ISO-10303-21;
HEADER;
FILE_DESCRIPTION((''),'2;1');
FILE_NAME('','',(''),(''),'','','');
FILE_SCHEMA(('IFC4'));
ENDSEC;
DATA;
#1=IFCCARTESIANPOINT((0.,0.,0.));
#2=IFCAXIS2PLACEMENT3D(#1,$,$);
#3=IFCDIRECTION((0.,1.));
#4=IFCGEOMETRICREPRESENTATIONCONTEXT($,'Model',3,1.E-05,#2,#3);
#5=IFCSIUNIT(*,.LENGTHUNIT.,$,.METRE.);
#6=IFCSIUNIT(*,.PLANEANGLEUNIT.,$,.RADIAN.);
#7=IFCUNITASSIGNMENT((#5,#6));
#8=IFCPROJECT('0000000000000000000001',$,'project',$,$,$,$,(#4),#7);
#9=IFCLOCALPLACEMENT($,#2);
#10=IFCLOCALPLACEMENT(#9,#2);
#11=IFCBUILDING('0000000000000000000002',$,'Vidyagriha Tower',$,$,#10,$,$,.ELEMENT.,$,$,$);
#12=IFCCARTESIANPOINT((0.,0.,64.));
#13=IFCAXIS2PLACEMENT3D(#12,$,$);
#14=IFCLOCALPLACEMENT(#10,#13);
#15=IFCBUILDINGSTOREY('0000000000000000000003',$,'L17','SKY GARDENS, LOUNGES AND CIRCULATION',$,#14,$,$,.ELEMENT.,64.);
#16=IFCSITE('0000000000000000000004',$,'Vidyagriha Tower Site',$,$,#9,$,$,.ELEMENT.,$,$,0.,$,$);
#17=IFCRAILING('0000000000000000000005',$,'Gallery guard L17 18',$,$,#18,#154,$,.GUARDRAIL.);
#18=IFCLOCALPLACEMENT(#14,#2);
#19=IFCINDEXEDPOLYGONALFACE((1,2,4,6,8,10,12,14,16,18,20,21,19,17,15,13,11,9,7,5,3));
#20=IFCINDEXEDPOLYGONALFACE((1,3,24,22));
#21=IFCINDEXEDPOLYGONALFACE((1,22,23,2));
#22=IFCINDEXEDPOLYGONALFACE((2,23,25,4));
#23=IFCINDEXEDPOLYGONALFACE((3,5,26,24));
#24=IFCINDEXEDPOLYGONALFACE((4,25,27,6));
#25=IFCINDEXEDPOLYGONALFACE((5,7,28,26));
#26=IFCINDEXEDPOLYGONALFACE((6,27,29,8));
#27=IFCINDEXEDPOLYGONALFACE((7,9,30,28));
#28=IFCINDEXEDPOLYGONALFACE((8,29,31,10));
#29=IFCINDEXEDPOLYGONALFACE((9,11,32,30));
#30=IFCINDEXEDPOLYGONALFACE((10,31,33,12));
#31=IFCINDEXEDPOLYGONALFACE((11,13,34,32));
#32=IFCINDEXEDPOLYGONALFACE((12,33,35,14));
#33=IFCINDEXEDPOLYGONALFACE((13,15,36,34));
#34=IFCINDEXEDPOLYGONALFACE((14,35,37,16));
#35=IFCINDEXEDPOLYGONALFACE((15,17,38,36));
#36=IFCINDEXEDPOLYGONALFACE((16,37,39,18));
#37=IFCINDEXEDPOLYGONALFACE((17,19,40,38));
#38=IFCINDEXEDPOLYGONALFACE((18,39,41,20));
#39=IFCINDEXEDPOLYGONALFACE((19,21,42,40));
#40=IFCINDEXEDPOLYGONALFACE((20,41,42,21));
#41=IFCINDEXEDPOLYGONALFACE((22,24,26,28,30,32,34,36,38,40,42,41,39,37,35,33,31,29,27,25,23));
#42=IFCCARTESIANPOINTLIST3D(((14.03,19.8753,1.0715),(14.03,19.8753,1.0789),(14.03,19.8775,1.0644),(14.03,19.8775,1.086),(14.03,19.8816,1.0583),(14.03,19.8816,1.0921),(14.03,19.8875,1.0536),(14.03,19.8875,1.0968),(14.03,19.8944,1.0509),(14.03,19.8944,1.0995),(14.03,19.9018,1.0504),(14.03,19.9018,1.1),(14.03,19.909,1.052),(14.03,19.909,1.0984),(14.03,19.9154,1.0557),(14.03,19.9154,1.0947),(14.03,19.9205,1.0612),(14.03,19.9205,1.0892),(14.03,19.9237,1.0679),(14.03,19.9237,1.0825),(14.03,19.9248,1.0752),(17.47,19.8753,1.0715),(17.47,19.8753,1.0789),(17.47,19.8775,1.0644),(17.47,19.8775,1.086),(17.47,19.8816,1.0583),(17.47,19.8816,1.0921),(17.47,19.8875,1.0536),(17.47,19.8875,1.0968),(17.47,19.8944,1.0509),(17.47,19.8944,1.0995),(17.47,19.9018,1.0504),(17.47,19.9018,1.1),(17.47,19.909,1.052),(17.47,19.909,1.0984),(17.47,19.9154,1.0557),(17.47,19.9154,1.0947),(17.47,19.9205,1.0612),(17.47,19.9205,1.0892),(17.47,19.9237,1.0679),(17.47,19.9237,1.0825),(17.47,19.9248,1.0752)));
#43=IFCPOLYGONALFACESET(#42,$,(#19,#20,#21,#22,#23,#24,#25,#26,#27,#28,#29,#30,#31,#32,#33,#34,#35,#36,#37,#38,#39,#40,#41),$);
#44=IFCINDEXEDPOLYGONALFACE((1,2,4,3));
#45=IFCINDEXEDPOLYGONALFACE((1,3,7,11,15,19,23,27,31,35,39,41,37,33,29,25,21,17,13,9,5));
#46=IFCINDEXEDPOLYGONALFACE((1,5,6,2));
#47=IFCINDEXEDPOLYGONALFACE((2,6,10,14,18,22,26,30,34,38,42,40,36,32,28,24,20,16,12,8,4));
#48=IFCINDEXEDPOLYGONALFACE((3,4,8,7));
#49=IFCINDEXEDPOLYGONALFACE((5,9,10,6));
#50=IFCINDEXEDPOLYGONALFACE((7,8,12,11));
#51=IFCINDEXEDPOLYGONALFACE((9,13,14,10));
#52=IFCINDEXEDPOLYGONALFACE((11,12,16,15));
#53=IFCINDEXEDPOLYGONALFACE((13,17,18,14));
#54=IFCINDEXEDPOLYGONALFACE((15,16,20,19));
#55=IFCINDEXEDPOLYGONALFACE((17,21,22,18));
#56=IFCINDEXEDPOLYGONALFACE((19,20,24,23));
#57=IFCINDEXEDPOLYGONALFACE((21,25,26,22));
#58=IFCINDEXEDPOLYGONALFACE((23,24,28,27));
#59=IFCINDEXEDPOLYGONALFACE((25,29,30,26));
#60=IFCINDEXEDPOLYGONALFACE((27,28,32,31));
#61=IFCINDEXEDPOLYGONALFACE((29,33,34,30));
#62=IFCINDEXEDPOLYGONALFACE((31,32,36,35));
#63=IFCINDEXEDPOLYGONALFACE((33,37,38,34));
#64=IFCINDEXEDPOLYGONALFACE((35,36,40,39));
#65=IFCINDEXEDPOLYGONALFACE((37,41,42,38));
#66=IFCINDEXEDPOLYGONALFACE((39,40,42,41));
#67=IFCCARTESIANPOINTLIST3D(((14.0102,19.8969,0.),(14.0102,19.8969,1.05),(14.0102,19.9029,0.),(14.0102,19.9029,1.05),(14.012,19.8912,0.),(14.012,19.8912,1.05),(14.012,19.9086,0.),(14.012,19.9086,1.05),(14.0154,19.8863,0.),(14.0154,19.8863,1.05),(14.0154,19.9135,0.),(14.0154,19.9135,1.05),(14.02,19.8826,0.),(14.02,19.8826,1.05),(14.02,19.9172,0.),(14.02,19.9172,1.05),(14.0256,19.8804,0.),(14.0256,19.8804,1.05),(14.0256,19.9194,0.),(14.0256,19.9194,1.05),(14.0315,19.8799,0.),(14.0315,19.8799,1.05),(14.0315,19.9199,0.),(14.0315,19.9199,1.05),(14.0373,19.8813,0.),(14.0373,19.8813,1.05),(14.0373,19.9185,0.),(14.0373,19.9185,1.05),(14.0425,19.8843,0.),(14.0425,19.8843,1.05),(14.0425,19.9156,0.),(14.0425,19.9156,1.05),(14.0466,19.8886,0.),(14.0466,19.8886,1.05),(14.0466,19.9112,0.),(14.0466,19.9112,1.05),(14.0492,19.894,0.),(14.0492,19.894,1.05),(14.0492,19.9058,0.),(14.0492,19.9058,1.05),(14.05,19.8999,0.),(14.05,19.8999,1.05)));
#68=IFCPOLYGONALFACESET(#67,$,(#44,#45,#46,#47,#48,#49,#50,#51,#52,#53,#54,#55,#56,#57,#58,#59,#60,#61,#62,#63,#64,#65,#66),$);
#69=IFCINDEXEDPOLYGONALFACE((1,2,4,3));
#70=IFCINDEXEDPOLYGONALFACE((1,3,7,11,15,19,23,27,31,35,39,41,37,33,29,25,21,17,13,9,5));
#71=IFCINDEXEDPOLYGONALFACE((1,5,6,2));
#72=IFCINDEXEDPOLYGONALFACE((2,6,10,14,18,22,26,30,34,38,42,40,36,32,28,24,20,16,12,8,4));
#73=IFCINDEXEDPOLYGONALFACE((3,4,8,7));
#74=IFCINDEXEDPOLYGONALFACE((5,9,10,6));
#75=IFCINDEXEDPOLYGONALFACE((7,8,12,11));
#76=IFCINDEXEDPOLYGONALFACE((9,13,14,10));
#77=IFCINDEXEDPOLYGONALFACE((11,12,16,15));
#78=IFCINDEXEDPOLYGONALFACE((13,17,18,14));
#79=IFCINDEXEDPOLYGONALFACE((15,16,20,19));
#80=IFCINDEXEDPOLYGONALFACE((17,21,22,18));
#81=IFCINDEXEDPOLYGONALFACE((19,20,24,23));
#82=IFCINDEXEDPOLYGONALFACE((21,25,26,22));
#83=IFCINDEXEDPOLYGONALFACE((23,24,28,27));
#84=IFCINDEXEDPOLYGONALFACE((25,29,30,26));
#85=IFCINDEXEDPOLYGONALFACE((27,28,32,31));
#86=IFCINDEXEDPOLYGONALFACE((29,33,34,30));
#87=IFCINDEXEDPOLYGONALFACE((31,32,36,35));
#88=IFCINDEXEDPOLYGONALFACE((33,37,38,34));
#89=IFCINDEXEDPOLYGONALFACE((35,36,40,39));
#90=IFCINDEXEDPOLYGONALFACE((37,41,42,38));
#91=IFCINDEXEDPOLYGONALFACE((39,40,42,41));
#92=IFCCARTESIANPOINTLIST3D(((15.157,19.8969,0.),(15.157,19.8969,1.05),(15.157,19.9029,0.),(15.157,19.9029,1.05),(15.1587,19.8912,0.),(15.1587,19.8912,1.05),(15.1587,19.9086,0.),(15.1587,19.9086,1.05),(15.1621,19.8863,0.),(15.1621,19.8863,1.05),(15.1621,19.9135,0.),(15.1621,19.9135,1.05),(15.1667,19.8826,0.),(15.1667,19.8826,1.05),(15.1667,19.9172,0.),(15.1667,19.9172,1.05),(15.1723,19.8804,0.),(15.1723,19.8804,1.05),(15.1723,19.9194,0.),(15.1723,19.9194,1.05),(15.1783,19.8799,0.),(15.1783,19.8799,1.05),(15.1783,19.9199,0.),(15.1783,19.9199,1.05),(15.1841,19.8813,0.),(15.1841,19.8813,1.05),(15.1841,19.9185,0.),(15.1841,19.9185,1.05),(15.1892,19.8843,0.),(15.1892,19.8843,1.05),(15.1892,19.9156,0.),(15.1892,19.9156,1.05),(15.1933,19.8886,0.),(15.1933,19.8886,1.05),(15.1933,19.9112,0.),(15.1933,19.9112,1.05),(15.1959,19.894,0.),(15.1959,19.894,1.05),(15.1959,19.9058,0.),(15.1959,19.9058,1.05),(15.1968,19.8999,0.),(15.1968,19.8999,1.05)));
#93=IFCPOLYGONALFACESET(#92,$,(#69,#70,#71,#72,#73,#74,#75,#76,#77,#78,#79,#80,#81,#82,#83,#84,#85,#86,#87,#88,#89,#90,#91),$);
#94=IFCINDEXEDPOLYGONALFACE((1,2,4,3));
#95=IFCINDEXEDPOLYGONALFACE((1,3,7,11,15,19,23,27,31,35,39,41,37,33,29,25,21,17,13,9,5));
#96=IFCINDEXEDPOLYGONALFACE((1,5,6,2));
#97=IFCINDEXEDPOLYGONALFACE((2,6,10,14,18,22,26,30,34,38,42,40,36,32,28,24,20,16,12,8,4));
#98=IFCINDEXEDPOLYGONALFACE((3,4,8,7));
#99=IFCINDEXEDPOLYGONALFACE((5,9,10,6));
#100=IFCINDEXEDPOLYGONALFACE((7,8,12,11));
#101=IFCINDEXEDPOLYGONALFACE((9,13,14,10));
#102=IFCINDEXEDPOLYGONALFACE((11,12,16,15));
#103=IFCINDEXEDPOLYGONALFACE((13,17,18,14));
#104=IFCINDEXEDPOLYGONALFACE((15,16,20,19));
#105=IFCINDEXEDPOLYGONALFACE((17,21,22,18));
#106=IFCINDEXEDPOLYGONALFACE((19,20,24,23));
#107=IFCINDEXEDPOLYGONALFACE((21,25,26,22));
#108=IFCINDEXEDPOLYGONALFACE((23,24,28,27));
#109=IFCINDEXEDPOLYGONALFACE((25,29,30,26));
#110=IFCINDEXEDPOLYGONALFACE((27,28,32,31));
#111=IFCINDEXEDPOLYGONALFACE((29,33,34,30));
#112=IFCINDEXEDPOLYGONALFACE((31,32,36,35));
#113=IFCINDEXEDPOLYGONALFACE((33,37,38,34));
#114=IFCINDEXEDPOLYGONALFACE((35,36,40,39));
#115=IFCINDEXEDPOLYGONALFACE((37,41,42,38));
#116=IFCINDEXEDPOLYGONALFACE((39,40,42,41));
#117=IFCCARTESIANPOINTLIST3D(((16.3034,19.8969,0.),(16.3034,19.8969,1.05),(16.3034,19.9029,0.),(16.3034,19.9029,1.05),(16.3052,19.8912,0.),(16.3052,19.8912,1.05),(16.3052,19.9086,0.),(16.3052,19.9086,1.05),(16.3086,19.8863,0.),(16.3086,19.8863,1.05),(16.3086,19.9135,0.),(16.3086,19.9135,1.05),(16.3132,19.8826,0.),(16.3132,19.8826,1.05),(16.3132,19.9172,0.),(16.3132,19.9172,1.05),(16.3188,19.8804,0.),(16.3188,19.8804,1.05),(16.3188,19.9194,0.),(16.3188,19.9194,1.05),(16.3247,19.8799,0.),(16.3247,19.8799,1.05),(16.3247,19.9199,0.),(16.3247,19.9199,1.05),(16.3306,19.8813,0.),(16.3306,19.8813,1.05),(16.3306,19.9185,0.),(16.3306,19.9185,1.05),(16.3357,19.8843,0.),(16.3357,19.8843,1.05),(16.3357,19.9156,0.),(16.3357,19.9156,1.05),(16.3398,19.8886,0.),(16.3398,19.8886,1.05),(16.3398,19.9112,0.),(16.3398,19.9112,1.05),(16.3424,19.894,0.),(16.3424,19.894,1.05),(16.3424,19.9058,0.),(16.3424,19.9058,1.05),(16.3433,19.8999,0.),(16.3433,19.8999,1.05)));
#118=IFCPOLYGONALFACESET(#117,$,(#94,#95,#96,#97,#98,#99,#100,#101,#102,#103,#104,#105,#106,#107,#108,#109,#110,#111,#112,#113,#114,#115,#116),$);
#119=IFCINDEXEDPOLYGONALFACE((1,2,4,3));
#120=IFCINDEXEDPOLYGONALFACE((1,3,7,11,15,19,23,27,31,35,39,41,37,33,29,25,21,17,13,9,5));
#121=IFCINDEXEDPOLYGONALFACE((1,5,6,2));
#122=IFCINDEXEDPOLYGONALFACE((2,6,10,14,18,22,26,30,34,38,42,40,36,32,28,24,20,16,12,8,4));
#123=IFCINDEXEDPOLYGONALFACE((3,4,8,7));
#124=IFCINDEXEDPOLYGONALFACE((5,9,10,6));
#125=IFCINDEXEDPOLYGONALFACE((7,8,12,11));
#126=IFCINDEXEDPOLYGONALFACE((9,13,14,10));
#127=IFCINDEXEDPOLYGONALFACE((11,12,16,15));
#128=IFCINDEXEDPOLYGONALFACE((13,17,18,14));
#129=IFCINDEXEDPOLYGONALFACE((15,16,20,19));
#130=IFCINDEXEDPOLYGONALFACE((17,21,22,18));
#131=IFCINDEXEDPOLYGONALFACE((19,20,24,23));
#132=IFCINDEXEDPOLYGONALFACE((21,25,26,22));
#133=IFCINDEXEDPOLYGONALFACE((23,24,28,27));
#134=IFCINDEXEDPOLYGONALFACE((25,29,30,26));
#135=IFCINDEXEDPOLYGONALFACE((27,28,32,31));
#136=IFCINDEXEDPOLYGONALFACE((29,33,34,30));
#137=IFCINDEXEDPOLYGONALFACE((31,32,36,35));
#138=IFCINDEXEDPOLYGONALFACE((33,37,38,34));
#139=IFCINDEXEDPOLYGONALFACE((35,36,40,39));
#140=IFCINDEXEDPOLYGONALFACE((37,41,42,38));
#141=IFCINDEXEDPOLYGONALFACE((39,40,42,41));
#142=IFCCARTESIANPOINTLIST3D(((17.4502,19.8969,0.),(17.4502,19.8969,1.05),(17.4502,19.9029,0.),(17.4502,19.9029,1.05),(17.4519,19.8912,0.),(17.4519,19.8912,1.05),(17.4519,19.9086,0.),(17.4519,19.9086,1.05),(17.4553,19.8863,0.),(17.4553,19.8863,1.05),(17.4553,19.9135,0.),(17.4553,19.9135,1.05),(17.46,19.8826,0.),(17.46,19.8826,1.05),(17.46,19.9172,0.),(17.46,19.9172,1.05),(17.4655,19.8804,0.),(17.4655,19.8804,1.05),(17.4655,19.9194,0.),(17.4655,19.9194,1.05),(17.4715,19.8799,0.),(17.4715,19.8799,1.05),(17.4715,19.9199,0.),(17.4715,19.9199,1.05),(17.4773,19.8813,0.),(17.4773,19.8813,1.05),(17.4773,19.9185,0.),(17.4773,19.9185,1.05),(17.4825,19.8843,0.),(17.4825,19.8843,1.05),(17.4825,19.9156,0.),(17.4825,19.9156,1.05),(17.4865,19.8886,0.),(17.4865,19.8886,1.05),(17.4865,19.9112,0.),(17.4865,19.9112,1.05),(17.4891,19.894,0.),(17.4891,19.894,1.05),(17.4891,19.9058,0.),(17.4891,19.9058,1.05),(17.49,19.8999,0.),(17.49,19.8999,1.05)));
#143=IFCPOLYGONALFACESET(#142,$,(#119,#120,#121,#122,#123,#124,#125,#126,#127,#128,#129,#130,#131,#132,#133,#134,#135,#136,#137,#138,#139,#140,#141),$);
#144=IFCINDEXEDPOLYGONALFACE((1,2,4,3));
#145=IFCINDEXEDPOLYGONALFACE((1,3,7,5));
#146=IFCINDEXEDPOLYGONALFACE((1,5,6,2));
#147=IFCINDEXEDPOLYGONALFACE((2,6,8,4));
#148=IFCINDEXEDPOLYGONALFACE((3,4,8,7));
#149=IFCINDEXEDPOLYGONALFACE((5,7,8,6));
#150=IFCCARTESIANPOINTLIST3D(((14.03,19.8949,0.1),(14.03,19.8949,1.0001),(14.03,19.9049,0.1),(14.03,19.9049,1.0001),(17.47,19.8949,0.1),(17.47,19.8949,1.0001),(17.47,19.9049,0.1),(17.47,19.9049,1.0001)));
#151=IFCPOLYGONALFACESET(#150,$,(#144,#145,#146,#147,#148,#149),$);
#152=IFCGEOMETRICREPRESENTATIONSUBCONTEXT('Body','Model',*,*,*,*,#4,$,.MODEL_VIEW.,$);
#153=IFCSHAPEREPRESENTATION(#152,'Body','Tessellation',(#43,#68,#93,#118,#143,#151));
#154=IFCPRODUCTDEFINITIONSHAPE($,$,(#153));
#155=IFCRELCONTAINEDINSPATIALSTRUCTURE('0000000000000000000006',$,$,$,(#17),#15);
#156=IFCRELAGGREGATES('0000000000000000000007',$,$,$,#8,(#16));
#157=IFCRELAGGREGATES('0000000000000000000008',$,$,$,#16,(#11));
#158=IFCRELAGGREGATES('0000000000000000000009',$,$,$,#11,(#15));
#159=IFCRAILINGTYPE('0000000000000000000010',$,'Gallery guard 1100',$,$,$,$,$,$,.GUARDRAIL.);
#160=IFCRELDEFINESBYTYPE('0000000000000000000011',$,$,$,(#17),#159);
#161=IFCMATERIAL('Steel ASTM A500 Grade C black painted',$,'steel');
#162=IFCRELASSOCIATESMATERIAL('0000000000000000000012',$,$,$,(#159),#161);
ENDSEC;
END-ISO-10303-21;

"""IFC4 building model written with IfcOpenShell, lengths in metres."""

from ifc_helpers import new_model, si_unit, direction, frame, origin, origin_2d, place, context, subcontext, project, spatial, rectangle, circle, extrude, material, type_object, element, save


model = new_model("IFC4")

# Units and contexts
model_context = context("Model", 3, precision=1e-05, world=origin(), true_north=direction((0.0, 1.0)))
body_context = subcontext(model_context, "Body", "Model", "MODEL_VIEW")
ifc_project = project(units=[si_unit("LENGTHUNIT", "METRE"), si_unit("PLANEANGLEUNIT", "RADIAN")], contexts=[model_context])

# Site, building, storey
site_placement = place(None, origin())
site = spatial("IfcSite", under=ifc_project, at=site_placement, Name="Vidyagriha Tower Site", CompositionType="ELEMENT", RefElevation=0.0)
building_placement = place(site_placement, origin())
building = spatial("IfcBuilding", under=site, at=building_placement, Name="Vidyagriha Tower", CompositionType="ELEMENT")
storey_placement = place(building_placement, frame((0.0, 0.0, 64.0)))
storey = spatial("IfcBuildingStorey", under=building, at=storey_placement, Name="L17", Description="SKY GARDENS, LOUNGES AND CIRCULATION", CompositionType="ELEMENT", Elevation=64.0)

# Railing
ifc_material_1 = material(Name="Steel ASTM A500 Grade C black painted", Category="steel")
railing_type_1 = type_object("IfcRailingType", Name="Gallery guard 1100", PredefinedType="GUARDRAIL", material=ifc_material_1)
railing_1_placement = place(storey_placement, frame((14.03, 19.8999, 0.0)))
element("IfcRailing", 1, at=railing_1_placement, inside=storey, type_object=railing_type_1, Name="Gallery guard L17 18", PredefinedType="GUARDRAIL", context=body_context, shape_type="SweptSolid", body=[
    extrude(circle(Radius=0.0249, at=origin_2d()), frame((0.0, 0.0, 1.0752), z_axis=(1.0, 0.0, 0.0), x_axis=(0.0, 1.0, 0.0)), (0.0, 0.0, 1.0), 3.4399),
    extrude(circle(Radius=0.02, at=origin_2d()), origin(), (0.0, 0.0, 1.0), 1.05),
    extrude(circle(Radius=0.02, at=origin_2d()), frame((1.1467, 0.0, 0.0)), (0.0, 0.0, 1.0), 1.05),
    extrude(circle(Radius=0.02, at=origin_2d()), frame((2.2932, 0.0, 0.0)), (0.0, 0.0, 1.0), 1.05),
    extrude(circle(Radius=0.02, at=origin_2d()), frame((3.4399, 0.0, 0.0)), (0.0, 0.0, 1.0), 1.05),
    extrude(rectangle(XDim=0.01, YDim=0.9001, at=origin_2d()), frame((0.0, 0.0, 0.55), z_axis=(1.0, 0.0, 0.0), x_axis=(0.0, 1.0, 0.0)), (0.0, 0.0, 1.0), 3.4399),
])

save(model, "model.ifc")
